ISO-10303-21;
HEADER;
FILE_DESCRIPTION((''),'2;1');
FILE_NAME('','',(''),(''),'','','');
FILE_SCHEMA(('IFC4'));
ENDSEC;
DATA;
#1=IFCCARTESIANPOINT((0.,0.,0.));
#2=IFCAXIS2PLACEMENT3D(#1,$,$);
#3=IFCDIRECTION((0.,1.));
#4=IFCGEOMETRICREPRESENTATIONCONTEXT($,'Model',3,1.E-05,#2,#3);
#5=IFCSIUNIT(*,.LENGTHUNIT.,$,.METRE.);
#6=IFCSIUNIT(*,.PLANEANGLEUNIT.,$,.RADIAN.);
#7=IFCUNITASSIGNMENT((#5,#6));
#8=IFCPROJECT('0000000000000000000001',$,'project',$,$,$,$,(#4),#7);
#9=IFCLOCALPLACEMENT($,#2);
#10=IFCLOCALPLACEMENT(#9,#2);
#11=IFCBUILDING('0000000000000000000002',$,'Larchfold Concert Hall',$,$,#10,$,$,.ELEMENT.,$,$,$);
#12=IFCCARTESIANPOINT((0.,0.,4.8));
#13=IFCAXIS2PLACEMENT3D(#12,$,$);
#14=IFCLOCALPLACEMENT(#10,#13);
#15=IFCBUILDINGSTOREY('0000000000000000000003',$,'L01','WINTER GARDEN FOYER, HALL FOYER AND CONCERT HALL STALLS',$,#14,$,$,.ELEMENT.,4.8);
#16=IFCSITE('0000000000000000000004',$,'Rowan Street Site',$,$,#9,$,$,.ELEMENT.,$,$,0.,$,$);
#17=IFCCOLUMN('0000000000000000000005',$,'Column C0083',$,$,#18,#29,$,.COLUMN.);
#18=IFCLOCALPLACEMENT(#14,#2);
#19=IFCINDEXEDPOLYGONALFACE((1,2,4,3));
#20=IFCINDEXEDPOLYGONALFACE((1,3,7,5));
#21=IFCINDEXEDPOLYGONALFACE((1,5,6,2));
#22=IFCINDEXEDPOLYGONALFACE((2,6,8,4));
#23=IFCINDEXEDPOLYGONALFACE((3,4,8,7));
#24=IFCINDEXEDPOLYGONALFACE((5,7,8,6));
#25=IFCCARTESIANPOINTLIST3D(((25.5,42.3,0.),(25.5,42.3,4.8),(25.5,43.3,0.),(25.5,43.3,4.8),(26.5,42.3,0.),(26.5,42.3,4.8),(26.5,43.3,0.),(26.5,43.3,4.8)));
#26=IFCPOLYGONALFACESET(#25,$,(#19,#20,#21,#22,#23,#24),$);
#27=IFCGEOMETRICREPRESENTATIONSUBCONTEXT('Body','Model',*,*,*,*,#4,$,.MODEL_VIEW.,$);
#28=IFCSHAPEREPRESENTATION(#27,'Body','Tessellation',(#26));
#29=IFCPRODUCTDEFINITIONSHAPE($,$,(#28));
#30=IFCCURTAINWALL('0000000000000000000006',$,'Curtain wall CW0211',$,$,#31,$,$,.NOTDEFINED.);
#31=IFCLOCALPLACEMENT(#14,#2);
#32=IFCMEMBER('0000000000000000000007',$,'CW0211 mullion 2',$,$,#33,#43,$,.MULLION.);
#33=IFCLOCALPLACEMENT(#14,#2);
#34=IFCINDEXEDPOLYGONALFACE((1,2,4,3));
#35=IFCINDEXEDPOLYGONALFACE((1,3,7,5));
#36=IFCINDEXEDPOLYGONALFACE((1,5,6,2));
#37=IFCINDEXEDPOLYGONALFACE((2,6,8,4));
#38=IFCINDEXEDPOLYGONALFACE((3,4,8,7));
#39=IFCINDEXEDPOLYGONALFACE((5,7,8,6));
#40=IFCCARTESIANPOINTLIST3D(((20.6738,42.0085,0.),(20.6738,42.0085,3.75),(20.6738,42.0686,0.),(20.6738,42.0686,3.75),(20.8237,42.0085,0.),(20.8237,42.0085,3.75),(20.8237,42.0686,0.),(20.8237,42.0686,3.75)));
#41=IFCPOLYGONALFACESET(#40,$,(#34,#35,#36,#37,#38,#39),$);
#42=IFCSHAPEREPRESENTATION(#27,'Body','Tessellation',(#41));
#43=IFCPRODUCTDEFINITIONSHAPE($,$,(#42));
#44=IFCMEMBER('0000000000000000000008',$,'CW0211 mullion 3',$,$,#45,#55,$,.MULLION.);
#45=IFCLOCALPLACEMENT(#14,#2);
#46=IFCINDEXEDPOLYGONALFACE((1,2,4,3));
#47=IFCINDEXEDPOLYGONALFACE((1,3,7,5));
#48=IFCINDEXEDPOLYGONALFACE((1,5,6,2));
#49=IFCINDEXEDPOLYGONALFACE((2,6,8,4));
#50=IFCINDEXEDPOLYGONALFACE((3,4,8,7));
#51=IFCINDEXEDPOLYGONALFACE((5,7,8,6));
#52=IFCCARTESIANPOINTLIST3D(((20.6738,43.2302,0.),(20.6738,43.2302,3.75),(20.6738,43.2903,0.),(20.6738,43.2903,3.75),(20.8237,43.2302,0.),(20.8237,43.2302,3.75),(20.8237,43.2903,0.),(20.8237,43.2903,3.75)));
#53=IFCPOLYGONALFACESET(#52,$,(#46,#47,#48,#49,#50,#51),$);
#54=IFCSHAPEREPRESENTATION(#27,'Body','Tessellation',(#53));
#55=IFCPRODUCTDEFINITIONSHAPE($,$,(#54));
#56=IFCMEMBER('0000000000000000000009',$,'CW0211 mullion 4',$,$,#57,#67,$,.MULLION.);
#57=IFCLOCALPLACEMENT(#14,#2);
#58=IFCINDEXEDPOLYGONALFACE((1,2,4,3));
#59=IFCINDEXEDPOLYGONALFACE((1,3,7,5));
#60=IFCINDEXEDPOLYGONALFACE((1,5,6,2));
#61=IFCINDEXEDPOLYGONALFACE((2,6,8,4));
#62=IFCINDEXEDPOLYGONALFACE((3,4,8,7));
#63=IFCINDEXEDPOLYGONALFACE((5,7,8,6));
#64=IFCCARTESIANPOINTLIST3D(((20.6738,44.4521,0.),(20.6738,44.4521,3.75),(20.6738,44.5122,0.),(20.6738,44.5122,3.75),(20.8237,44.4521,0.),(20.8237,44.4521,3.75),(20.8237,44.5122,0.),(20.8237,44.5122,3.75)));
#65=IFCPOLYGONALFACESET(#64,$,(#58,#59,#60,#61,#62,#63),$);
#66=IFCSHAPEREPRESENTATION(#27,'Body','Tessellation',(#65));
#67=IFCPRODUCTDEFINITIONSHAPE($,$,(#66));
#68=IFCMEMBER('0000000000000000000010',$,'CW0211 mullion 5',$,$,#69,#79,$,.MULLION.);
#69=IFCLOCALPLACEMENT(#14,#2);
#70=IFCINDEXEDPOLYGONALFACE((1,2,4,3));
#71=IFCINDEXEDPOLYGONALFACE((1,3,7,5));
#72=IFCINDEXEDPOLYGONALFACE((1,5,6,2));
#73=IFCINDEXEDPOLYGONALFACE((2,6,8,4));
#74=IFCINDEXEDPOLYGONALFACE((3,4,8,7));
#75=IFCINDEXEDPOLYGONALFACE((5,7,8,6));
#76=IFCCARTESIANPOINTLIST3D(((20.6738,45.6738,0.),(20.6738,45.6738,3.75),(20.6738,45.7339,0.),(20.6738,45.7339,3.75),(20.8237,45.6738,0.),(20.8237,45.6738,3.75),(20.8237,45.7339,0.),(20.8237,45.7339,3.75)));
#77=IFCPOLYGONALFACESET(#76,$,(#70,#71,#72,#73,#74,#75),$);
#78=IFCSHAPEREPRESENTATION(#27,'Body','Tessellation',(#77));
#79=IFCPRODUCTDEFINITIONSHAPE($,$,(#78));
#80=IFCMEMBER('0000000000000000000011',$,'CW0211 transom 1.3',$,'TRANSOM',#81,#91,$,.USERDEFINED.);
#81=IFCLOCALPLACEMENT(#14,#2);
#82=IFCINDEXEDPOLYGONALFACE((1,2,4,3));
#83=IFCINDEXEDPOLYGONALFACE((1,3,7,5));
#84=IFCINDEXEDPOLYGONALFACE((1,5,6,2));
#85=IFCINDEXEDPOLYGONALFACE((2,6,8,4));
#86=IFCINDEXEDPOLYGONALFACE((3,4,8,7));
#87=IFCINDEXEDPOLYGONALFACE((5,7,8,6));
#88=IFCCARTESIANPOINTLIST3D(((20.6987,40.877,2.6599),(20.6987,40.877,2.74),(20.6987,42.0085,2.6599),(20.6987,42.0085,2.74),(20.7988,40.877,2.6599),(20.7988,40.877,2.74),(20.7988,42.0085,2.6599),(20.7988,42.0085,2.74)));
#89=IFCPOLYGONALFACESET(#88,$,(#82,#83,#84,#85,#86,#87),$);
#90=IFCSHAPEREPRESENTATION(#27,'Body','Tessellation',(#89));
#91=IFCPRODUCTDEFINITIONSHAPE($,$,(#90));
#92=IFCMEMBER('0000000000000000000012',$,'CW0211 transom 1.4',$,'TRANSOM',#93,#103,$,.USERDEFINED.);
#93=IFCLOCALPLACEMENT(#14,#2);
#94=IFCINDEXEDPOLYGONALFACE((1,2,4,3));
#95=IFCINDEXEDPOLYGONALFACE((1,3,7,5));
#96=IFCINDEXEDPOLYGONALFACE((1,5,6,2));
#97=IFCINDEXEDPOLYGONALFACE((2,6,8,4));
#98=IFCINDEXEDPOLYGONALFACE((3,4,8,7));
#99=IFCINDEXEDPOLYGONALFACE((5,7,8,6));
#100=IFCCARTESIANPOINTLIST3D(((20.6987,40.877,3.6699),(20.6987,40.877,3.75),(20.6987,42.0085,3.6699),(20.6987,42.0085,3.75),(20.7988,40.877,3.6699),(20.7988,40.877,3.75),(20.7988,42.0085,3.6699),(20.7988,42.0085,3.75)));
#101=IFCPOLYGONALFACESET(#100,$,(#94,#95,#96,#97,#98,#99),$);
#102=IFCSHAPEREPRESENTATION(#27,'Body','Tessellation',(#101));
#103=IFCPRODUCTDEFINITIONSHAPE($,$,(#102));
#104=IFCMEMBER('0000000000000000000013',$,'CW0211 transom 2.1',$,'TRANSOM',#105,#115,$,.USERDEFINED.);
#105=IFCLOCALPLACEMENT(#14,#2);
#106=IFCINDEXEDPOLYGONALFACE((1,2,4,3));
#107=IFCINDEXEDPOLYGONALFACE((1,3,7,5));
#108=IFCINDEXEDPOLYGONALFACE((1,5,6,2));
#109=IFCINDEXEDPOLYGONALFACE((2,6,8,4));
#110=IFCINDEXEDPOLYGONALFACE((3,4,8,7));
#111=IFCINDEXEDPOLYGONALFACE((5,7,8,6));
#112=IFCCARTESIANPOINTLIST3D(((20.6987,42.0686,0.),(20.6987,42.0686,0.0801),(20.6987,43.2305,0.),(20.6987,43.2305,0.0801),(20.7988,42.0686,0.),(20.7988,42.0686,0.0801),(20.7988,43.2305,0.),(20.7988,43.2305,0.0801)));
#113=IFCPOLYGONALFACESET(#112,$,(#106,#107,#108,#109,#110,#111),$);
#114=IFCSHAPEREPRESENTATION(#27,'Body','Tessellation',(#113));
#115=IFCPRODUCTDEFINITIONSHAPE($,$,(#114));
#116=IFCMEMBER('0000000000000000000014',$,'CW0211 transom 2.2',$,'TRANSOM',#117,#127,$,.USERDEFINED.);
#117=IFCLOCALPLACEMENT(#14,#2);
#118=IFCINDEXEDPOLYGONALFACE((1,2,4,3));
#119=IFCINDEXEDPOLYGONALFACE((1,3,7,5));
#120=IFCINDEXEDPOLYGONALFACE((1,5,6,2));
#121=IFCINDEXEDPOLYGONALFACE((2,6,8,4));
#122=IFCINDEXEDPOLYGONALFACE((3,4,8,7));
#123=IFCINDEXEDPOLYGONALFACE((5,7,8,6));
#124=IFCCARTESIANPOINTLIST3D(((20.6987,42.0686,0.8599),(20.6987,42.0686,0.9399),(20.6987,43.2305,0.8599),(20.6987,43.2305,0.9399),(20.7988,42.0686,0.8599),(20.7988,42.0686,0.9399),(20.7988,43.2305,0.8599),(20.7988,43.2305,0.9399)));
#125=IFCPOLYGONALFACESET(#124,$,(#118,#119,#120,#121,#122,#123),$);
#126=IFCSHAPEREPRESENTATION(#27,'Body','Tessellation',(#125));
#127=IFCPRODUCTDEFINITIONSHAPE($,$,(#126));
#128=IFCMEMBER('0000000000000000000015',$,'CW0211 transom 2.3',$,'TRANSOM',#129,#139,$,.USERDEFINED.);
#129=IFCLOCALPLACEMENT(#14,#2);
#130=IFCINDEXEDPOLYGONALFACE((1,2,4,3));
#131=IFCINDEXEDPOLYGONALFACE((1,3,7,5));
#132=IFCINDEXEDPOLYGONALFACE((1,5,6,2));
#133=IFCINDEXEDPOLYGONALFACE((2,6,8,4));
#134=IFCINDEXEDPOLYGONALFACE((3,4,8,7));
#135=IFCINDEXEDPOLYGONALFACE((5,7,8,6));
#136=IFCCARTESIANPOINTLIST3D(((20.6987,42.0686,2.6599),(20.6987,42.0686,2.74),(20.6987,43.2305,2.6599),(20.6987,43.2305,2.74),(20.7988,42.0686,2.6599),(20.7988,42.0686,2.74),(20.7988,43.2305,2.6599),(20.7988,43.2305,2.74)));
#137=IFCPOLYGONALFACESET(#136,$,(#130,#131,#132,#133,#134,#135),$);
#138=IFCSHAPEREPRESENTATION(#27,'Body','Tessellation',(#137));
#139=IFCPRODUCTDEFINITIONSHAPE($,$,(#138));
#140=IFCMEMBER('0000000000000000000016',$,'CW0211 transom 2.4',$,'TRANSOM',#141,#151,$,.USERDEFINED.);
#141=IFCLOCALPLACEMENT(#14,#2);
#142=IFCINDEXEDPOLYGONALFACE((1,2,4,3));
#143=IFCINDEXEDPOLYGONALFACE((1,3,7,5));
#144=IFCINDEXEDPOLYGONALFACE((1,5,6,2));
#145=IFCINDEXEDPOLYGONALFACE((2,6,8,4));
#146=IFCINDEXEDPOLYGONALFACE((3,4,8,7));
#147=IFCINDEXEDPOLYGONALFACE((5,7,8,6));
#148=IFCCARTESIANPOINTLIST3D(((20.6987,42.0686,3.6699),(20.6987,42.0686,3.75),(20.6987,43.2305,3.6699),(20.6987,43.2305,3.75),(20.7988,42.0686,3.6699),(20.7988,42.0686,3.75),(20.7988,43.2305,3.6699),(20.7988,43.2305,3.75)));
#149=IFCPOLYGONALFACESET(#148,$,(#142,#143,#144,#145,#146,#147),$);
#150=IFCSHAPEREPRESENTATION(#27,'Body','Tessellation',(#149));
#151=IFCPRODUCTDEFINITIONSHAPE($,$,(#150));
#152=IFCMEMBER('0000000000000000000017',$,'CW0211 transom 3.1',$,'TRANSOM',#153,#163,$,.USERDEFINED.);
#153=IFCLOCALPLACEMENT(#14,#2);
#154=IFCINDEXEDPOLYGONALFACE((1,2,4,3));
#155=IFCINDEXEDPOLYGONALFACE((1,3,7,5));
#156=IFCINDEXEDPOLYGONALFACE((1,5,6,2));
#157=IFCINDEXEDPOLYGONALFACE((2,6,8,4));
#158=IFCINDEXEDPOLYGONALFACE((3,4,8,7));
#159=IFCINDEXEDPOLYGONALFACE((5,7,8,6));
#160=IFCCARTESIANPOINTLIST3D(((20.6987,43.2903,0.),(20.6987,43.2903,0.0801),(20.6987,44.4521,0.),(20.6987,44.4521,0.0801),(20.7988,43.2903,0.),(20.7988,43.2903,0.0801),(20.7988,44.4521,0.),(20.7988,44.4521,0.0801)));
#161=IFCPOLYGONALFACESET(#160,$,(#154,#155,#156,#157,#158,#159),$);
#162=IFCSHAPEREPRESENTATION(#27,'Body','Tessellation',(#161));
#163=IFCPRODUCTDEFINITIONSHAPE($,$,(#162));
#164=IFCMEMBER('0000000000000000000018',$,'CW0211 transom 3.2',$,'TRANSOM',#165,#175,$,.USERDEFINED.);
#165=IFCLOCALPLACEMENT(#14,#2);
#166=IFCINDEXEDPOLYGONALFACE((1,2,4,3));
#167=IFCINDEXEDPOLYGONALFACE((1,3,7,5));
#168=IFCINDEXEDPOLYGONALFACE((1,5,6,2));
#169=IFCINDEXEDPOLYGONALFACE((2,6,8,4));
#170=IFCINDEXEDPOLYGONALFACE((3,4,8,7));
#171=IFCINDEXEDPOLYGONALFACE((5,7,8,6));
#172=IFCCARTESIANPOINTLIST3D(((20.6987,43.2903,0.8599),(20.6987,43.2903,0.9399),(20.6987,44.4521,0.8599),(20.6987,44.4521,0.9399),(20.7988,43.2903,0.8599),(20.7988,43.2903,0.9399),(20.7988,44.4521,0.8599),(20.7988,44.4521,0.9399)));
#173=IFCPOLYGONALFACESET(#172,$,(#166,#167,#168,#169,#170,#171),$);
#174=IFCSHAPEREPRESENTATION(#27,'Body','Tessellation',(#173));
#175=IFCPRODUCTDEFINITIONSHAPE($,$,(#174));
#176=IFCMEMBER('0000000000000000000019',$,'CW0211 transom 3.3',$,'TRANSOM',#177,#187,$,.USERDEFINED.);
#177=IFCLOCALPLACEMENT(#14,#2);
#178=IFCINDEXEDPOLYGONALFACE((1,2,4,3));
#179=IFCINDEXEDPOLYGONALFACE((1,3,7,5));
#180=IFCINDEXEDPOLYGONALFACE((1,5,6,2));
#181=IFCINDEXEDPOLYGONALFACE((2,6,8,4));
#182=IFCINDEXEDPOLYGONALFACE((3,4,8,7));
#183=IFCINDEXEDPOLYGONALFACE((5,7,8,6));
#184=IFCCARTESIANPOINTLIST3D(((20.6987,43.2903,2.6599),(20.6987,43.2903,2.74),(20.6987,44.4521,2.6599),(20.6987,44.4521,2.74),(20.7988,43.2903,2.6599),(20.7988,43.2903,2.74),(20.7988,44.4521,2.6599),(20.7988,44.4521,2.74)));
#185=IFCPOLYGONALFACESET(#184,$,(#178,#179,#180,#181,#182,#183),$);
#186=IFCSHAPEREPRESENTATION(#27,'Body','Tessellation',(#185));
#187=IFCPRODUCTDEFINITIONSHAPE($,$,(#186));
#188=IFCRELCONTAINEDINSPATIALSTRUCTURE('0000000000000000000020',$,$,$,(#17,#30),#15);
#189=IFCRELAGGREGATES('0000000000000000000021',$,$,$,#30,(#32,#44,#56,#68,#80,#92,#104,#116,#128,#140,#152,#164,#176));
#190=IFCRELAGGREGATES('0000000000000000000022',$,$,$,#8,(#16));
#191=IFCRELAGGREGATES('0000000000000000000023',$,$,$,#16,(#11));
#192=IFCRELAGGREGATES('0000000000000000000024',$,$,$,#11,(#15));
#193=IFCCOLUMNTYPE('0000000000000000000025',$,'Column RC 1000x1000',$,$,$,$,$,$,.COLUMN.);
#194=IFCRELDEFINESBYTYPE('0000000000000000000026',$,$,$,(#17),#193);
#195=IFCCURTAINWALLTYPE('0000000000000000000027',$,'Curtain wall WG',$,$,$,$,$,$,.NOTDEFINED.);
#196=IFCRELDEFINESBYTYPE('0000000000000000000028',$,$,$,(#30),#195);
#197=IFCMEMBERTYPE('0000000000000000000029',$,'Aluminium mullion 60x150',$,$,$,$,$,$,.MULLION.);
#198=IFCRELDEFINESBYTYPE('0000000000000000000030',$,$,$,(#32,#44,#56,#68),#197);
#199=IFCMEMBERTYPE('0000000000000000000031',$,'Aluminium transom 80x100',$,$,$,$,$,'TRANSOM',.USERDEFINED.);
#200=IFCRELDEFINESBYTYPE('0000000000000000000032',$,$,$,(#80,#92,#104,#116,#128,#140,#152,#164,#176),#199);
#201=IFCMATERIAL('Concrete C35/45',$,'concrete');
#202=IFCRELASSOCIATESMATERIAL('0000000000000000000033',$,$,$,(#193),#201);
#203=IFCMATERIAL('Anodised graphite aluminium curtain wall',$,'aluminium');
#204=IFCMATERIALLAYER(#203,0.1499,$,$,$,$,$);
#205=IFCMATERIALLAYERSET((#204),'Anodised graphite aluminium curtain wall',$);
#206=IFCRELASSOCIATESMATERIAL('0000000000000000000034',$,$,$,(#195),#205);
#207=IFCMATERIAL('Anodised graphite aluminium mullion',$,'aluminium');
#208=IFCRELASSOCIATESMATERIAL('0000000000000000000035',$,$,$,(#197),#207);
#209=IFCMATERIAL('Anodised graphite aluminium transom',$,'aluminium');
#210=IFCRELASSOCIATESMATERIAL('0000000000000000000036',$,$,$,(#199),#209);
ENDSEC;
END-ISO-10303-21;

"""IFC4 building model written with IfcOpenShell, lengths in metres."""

from ifc_helpers import new_model, si_unit, direction, frame, origin, origin_2d, place, context, subcontext, project, spatial, rectangle, extrude, material, layer, layer_set, material_profile, profile_set, type_object, element, aggregate, save


model = new_model("IFC4")

# Units and contexts
model_context = context("Model", 3, precision=1e-05, world=origin(), true_north=direction((0.0, 1.0)))
body_context = subcontext(model_context, "Body", "Model", "MODEL_VIEW")
ifc_project = project(units=[si_unit("LENGTHUNIT", "METRE"), si_unit("PLANEANGLEUNIT", "RADIAN")], contexts=[model_context])

# Site, building, storey
site_placement = place(None, origin())
site = spatial("IfcSite", under=ifc_project, at=site_placement, Name="Rowan Street Site", CompositionType="ELEMENT", RefElevation=0.0)
building_placement = place(site_placement, origin())
building = spatial("IfcBuilding", under=site, at=building_placement, Name="Larchfold Concert Hall", CompositionType="ELEMENT")
storey_placement = place(building_placement, frame((0.0, 0.0, 4.8)))
storey = spatial("IfcBuildingStorey", under=building, at=storey_placement, Name="L01", Description="WINTER GARDEN FOYER, HALL FOYER AND CONCERT HALL STALLS", CompositionType="ELEMENT", Elevation=4.8)

# Column
ifc_material_1 = material(Name="Concrete C35/45", Category="concrete")
ifc_material_profile_1 = material_profile(ifc_material_1, rectangle(XDim=1.0, YDim=1.0, at=origin_2d()))
ifc_profile_set_1 = profile_set([ifc_material_profile_1], Name="Concrete C35/45")
column_type = type_object("IfcColumnType", Name="Column RC 1000x1000", PredefinedType="COLUMN", material=ifc_profile_set_1)
column_placement = place(storey_placement, frame((26.0, 42.8, 0.0), z_axis=(0.0, 0.0, 1.0), x_axis=(1.0, 0.0, 0.0)))
element("IfcColumn", 1, at=column_placement, inside=storey, type_object=column_type, Name="Column C0083", PredefinedType="COLUMN", context=body_context, shape_type="SweptSolid", body=[
    extrude(rectangle(XDim=1.0, YDim=1.0, at=origin_2d()), origin(), (0.0, 0.0, 1.0), 4.8),
])

# Curtain wall, members
ifc_material_2 = material(Name="Anodised graphite aluminium curtain wall", Category="aluminium")
ifc_layer_1 = layer(ifc_material_2, 0.1499)
ifc_layer_set_1 = layer_set([ifc_layer_1], Name="Anodised graphite aluminium curtain wall")
curtain_wall_type = type_object("IfcCurtainWallType", Name="Curtain wall WG", PredefinedType="NOTDEFINED", material=ifc_layer_set_1)
curtain_wall_placement = place(storey_placement, origin())
curtain_wall = element("IfcCurtainWall", 2, at=curtain_wall_placement, inside=storey, type_object=curtain_wall_type, Name="Curtain wall CW0211", PredefinedType="NOTDEFINED")
ifc_material_3 = material(Name="Anodised graphite aluminium mullion", Category="aluminium")
ifc_material_profile_2 = material_profile(ifc_material_3, rectangle(XDim=0.1499, YDim=0.0601, at=origin_2d()))
ifc_profile_set_2 = profile_set([ifc_material_profile_2], Name="Anodised graphite aluminium mullion")
member_type_1 = type_object("IfcMemberType", Name="Aluminium mullion 60x150", PredefinedType="MULLION", material=ifc_profile_set_2)
member_1_placement = place(storey_placement, frame((20.7488, 42.0386, 0.0), z_axis=(0.0, 0.0, 1.0), x_axis=(-1.0, 0.0, 0.0)))
member_1 = element("IfcMember", 3, at=member_1_placement, type_object=member_type_1, Name="CW0211 mullion 2", PredefinedType="MULLION", context=body_context, shape_type="SweptSolid", body=[
    extrude(rectangle(XDim=0.1499, YDim=0.0601, at=origin_2d()), origin(), (0.0, 0.0, 1.0), 3.75),
])
member_2_placement = place(storey_placement, frame((20.7488, 43.2603, 0.0), z_axis=(0.0, 0.0, 1.0), x_axis=(-1.0, 0.0, 0.0)))
member_2 = element("IfcMember", 4, at=member_2_placement, type_object=member_type_1, Name="CW0211 mullion 3", PredefinedType="MULLION", context=body_context, shape_type="SweptSolid", body=[
    extrude(rectangle(XDim=0.1499, YDim=0.0601, at=origin_2d()), origin(), (0.0, 0.0, 1.0), 3.75),
])
member_3_placement = place(storey_placement, frame((20.7488, 44.4822, 0.0), z_axis=(0.0, 0.0, 1.0), x_axis=(-1.0, 0.0, 0.0)))
member_3 = element("IfcMember", 5, at=member_3_placement, type_object=member_type_1, Name="CW0211 mullion 4", PredefinedType="MULLION", context=body_context, shape_type="SweptSolid", body=[
    extrude(rectangle(XDim=0.1499, YDim=0.0601, at=origin_2d()), origin(), (0.0, 0.0, 1.0), 3.75),
])
member_4_placement = place(storey_placement, frame((20.7488, 45.7039, 0.0), z_axis=(0.0, 0.0, 1.0), x_axis=(-1.0, 0.0, 0.0)))
member_4 = element("IfcMember", 6, at=member_4_placement, type_object=member_type_1, Name="CW0211 mullion 5", PredefinedType="MULLION", context=body_context, shape_type="SweptSolid", body=[
    extrude(rectangle(XDim=0.1499, YDim=0.0601, at=origin_2d()), origin(), (0.0, 0.0, 1.0), 3.75),
])
ifc_material_4 = material(Name="Anodised graphite aluminium transom", Category="aluminium")
ifc_material_profile_3 = material_profile(ifc_material_4, rectangle(XDim=0.1001, YDim=0.0801, at=origin_2d()))
ifc_profile_set_3 = profile_set([ifc_material_profile_3], Name="Anodised graphite aluminium transom")
member_type_2 = type_object("IfcMemberType", Name="Aluminium transom 80x100", ElementType="TRANSOM", PredefinedType="USERDEFINED", material=ifc_profile_set_3)
member_5_placement = place(storey_placement, frame((20.7488, 40.877, 2.7), z_axis=(0.0, 1.0, 0.0), x_axis=(-1.0, 0.0, 0.0)))
member_5 = element("IfcMember", 7, at=member_5_placement, type_object=member_type_2, Name="CW0211 transom 1.3", ObjectType="TRANSOM", PredefinedType="USERDEFINED", context=body_context, shape_type="SweptSolid", body=[
    extrude(rectangle(XDim=0.1001, YDim=0.0801, at=origin_2d()), origin(), (0.0, 0.0, 1.0), 1.1316),
])
member_6_placement = place(storey_placement, frame((20.7488, 40.877, 3.71), z_axis=(0.0, 1.0, 0.0), x_axis=(-1.0, 0.0, 0.0)))
member_6 = element("IfcMember", 8, at=member_6_placement, type_object=member_type_2, Name="CW0211 transom 1.4", ObjectType="TRANSOM", PredefinedType="USERDEFINED", context=body_context, shape_type="SweptSolid", body=[
    extrude(rectangle(XDim=0.1001, YDim=0.0801, at=origin_2d()), origin(), (0.0, 0.0, 1.0), 1.1316),
])
member_7_placement = place(storey_placement, frame((20.7488, 42.0686, 0.04), z_axis=(0.0, 1.0, 0.0), x_axis=(-1.0, 0.0, 0.0)))
member_7 = element("IfcMember", 9, at=member_7_placement, type_object=member_type_2, Name="CW0211 transom 2.1", ObjectType="TRANSOM", PredefinedType="USERDEFINED", context=body_context, shape_type="SweptSolid", body=[
    extrude(rectangle(XDim=0.1001, YDim=0.0801, at=origin_2d()), origin(), (0.0, 0.0, 1.0), 1.1619),
])
member_8_placement = place(storey_placement, frame((20.7488, 42.0686, 0.8999), z_axis=(0.0, 1.0, 0.0), x_axis=(-1.0, 0.0, 0.0)))
member_8 = element("IfcMember", 10, at=member_8_placement, type_object=member_type_2, Name="CW0211 transom 2.2", ObjectType="TRANSOM", PredefinedType="USERDEFINED", context=body_context, shape_type="SweptSolid", body=[
    extrude(rectangle(XDim=0.1001, YDim=0.0801, at=origin_2d()), origin(), (0.0, 0.0, 1.0), 1.1619),
])
member_9_placement = place(storey_placement, frame((20.7488, 42.0686, 2.7), z_axis=(0.0, 1.0, 0.0), x_axis=(-1.0, 0.0, 0.0)))
member_9 = element("IfcMember", 11, at=member_9_placement, type_object=member_type_2, Name="CW0211 transom 2.3", ObjectType="TRANSOM", PredefinedType="USERDEFINED", context=body_context, shape_type="SweptSolid", body=[
    extrude(rectangle(XDim=0.1001, YDim=0.0801, at=origin_2d()), origin(), (0.0, 0.0, 1.0), 1.1619),
])
member_10_placement = place(storey_placement, frame((20.7488, 42.0686, 3.71), z_axis=(0.0, 1.0, 0.0), x_axis=(-1.0, 0.0, 0.0)))
member_10 = element("IfcMember", 12, at=member_10_placement, type_object=member_type_2, Name="CW0211 transom 2.4", ObjectType="TRANSOM", PredefinedType="USERDEFINED", context=body_context, shape_type="SweptSolid", body=[
    extrude(rectangle(XDim=0.1001, YDim=0.0801, at=origin_2d()), origin(), (0.0, 0.0, 1.0), 1.1619),
])
member_11_placement = place(storey_placement, frame((20.7488, 43.2903, 0.04), z_axis=(0.0, 1.0, 0.0), x_axis=(-1.0, 0.0, 0.0)))
member_11 = element("IfcMember", 13, at=member_11_placement, type_object=member_type_2, Name="CW0211 transom 3.1", ObjectType="TRANSOM", PredefinedType="USERDEFINED", context=body_context, shape_type="SweptSolid", body=[
    extrude(rectangle(XDim=0.1001, YDim=0.0801, at=origin_2d()), origin(), (0.0, 0.0, 1.0), 1.1619),
])
member_12_placement = place(storey_placement, frame((20.7488, 43.2903, 0.8999), z_axis=(0.0, 1.0, 0.0), x_axis=(-1.0, 0.0, 0.0)))
member_12 = element("IfcMember", 14, at=member_12_placement, type_object=member_type_2, Name="CW0211 transom 3.2", ObjectType="TRANSOM", PredefinedType="USERDEFINED", context=body_context, shape_type="SweptSolid", body=[
    extrude(rectangle(XDim=0.1001, YDim=0.0801, at=origin_2d()), origin(), (0.0, 0.0, 1.0), 1.1619),
])
member_13_placement = place(storey_placement, frame((20.7488, 43.2903, 2.7), z_axis=(0.0, 1.0, 0.0), x_axis=(-1.0, 0.0, 0.0)))
member_13 = element("IfcMember", 15, at=member_13_placement, type_object=member_type_2, Name="CW0211 transom 3.3", ObjectType="TRANSOM", PredefinedType="USERDEFINED", context=body_context, shape_type="SweptSolid", body=[
    extrude(rectangle(XDim=0.1001, YDim=0.0801, at=origin_2d()), origin(), (0.0, 0.0, 1.0), 1.1619),
])
aggregate(curtain_wall, [member_1, member_2, member_3, member_4, member_5, member_6, member_7, member_8, member_9, member_10, member_11, member_12, member_13])

save(model, "model.ifc")
